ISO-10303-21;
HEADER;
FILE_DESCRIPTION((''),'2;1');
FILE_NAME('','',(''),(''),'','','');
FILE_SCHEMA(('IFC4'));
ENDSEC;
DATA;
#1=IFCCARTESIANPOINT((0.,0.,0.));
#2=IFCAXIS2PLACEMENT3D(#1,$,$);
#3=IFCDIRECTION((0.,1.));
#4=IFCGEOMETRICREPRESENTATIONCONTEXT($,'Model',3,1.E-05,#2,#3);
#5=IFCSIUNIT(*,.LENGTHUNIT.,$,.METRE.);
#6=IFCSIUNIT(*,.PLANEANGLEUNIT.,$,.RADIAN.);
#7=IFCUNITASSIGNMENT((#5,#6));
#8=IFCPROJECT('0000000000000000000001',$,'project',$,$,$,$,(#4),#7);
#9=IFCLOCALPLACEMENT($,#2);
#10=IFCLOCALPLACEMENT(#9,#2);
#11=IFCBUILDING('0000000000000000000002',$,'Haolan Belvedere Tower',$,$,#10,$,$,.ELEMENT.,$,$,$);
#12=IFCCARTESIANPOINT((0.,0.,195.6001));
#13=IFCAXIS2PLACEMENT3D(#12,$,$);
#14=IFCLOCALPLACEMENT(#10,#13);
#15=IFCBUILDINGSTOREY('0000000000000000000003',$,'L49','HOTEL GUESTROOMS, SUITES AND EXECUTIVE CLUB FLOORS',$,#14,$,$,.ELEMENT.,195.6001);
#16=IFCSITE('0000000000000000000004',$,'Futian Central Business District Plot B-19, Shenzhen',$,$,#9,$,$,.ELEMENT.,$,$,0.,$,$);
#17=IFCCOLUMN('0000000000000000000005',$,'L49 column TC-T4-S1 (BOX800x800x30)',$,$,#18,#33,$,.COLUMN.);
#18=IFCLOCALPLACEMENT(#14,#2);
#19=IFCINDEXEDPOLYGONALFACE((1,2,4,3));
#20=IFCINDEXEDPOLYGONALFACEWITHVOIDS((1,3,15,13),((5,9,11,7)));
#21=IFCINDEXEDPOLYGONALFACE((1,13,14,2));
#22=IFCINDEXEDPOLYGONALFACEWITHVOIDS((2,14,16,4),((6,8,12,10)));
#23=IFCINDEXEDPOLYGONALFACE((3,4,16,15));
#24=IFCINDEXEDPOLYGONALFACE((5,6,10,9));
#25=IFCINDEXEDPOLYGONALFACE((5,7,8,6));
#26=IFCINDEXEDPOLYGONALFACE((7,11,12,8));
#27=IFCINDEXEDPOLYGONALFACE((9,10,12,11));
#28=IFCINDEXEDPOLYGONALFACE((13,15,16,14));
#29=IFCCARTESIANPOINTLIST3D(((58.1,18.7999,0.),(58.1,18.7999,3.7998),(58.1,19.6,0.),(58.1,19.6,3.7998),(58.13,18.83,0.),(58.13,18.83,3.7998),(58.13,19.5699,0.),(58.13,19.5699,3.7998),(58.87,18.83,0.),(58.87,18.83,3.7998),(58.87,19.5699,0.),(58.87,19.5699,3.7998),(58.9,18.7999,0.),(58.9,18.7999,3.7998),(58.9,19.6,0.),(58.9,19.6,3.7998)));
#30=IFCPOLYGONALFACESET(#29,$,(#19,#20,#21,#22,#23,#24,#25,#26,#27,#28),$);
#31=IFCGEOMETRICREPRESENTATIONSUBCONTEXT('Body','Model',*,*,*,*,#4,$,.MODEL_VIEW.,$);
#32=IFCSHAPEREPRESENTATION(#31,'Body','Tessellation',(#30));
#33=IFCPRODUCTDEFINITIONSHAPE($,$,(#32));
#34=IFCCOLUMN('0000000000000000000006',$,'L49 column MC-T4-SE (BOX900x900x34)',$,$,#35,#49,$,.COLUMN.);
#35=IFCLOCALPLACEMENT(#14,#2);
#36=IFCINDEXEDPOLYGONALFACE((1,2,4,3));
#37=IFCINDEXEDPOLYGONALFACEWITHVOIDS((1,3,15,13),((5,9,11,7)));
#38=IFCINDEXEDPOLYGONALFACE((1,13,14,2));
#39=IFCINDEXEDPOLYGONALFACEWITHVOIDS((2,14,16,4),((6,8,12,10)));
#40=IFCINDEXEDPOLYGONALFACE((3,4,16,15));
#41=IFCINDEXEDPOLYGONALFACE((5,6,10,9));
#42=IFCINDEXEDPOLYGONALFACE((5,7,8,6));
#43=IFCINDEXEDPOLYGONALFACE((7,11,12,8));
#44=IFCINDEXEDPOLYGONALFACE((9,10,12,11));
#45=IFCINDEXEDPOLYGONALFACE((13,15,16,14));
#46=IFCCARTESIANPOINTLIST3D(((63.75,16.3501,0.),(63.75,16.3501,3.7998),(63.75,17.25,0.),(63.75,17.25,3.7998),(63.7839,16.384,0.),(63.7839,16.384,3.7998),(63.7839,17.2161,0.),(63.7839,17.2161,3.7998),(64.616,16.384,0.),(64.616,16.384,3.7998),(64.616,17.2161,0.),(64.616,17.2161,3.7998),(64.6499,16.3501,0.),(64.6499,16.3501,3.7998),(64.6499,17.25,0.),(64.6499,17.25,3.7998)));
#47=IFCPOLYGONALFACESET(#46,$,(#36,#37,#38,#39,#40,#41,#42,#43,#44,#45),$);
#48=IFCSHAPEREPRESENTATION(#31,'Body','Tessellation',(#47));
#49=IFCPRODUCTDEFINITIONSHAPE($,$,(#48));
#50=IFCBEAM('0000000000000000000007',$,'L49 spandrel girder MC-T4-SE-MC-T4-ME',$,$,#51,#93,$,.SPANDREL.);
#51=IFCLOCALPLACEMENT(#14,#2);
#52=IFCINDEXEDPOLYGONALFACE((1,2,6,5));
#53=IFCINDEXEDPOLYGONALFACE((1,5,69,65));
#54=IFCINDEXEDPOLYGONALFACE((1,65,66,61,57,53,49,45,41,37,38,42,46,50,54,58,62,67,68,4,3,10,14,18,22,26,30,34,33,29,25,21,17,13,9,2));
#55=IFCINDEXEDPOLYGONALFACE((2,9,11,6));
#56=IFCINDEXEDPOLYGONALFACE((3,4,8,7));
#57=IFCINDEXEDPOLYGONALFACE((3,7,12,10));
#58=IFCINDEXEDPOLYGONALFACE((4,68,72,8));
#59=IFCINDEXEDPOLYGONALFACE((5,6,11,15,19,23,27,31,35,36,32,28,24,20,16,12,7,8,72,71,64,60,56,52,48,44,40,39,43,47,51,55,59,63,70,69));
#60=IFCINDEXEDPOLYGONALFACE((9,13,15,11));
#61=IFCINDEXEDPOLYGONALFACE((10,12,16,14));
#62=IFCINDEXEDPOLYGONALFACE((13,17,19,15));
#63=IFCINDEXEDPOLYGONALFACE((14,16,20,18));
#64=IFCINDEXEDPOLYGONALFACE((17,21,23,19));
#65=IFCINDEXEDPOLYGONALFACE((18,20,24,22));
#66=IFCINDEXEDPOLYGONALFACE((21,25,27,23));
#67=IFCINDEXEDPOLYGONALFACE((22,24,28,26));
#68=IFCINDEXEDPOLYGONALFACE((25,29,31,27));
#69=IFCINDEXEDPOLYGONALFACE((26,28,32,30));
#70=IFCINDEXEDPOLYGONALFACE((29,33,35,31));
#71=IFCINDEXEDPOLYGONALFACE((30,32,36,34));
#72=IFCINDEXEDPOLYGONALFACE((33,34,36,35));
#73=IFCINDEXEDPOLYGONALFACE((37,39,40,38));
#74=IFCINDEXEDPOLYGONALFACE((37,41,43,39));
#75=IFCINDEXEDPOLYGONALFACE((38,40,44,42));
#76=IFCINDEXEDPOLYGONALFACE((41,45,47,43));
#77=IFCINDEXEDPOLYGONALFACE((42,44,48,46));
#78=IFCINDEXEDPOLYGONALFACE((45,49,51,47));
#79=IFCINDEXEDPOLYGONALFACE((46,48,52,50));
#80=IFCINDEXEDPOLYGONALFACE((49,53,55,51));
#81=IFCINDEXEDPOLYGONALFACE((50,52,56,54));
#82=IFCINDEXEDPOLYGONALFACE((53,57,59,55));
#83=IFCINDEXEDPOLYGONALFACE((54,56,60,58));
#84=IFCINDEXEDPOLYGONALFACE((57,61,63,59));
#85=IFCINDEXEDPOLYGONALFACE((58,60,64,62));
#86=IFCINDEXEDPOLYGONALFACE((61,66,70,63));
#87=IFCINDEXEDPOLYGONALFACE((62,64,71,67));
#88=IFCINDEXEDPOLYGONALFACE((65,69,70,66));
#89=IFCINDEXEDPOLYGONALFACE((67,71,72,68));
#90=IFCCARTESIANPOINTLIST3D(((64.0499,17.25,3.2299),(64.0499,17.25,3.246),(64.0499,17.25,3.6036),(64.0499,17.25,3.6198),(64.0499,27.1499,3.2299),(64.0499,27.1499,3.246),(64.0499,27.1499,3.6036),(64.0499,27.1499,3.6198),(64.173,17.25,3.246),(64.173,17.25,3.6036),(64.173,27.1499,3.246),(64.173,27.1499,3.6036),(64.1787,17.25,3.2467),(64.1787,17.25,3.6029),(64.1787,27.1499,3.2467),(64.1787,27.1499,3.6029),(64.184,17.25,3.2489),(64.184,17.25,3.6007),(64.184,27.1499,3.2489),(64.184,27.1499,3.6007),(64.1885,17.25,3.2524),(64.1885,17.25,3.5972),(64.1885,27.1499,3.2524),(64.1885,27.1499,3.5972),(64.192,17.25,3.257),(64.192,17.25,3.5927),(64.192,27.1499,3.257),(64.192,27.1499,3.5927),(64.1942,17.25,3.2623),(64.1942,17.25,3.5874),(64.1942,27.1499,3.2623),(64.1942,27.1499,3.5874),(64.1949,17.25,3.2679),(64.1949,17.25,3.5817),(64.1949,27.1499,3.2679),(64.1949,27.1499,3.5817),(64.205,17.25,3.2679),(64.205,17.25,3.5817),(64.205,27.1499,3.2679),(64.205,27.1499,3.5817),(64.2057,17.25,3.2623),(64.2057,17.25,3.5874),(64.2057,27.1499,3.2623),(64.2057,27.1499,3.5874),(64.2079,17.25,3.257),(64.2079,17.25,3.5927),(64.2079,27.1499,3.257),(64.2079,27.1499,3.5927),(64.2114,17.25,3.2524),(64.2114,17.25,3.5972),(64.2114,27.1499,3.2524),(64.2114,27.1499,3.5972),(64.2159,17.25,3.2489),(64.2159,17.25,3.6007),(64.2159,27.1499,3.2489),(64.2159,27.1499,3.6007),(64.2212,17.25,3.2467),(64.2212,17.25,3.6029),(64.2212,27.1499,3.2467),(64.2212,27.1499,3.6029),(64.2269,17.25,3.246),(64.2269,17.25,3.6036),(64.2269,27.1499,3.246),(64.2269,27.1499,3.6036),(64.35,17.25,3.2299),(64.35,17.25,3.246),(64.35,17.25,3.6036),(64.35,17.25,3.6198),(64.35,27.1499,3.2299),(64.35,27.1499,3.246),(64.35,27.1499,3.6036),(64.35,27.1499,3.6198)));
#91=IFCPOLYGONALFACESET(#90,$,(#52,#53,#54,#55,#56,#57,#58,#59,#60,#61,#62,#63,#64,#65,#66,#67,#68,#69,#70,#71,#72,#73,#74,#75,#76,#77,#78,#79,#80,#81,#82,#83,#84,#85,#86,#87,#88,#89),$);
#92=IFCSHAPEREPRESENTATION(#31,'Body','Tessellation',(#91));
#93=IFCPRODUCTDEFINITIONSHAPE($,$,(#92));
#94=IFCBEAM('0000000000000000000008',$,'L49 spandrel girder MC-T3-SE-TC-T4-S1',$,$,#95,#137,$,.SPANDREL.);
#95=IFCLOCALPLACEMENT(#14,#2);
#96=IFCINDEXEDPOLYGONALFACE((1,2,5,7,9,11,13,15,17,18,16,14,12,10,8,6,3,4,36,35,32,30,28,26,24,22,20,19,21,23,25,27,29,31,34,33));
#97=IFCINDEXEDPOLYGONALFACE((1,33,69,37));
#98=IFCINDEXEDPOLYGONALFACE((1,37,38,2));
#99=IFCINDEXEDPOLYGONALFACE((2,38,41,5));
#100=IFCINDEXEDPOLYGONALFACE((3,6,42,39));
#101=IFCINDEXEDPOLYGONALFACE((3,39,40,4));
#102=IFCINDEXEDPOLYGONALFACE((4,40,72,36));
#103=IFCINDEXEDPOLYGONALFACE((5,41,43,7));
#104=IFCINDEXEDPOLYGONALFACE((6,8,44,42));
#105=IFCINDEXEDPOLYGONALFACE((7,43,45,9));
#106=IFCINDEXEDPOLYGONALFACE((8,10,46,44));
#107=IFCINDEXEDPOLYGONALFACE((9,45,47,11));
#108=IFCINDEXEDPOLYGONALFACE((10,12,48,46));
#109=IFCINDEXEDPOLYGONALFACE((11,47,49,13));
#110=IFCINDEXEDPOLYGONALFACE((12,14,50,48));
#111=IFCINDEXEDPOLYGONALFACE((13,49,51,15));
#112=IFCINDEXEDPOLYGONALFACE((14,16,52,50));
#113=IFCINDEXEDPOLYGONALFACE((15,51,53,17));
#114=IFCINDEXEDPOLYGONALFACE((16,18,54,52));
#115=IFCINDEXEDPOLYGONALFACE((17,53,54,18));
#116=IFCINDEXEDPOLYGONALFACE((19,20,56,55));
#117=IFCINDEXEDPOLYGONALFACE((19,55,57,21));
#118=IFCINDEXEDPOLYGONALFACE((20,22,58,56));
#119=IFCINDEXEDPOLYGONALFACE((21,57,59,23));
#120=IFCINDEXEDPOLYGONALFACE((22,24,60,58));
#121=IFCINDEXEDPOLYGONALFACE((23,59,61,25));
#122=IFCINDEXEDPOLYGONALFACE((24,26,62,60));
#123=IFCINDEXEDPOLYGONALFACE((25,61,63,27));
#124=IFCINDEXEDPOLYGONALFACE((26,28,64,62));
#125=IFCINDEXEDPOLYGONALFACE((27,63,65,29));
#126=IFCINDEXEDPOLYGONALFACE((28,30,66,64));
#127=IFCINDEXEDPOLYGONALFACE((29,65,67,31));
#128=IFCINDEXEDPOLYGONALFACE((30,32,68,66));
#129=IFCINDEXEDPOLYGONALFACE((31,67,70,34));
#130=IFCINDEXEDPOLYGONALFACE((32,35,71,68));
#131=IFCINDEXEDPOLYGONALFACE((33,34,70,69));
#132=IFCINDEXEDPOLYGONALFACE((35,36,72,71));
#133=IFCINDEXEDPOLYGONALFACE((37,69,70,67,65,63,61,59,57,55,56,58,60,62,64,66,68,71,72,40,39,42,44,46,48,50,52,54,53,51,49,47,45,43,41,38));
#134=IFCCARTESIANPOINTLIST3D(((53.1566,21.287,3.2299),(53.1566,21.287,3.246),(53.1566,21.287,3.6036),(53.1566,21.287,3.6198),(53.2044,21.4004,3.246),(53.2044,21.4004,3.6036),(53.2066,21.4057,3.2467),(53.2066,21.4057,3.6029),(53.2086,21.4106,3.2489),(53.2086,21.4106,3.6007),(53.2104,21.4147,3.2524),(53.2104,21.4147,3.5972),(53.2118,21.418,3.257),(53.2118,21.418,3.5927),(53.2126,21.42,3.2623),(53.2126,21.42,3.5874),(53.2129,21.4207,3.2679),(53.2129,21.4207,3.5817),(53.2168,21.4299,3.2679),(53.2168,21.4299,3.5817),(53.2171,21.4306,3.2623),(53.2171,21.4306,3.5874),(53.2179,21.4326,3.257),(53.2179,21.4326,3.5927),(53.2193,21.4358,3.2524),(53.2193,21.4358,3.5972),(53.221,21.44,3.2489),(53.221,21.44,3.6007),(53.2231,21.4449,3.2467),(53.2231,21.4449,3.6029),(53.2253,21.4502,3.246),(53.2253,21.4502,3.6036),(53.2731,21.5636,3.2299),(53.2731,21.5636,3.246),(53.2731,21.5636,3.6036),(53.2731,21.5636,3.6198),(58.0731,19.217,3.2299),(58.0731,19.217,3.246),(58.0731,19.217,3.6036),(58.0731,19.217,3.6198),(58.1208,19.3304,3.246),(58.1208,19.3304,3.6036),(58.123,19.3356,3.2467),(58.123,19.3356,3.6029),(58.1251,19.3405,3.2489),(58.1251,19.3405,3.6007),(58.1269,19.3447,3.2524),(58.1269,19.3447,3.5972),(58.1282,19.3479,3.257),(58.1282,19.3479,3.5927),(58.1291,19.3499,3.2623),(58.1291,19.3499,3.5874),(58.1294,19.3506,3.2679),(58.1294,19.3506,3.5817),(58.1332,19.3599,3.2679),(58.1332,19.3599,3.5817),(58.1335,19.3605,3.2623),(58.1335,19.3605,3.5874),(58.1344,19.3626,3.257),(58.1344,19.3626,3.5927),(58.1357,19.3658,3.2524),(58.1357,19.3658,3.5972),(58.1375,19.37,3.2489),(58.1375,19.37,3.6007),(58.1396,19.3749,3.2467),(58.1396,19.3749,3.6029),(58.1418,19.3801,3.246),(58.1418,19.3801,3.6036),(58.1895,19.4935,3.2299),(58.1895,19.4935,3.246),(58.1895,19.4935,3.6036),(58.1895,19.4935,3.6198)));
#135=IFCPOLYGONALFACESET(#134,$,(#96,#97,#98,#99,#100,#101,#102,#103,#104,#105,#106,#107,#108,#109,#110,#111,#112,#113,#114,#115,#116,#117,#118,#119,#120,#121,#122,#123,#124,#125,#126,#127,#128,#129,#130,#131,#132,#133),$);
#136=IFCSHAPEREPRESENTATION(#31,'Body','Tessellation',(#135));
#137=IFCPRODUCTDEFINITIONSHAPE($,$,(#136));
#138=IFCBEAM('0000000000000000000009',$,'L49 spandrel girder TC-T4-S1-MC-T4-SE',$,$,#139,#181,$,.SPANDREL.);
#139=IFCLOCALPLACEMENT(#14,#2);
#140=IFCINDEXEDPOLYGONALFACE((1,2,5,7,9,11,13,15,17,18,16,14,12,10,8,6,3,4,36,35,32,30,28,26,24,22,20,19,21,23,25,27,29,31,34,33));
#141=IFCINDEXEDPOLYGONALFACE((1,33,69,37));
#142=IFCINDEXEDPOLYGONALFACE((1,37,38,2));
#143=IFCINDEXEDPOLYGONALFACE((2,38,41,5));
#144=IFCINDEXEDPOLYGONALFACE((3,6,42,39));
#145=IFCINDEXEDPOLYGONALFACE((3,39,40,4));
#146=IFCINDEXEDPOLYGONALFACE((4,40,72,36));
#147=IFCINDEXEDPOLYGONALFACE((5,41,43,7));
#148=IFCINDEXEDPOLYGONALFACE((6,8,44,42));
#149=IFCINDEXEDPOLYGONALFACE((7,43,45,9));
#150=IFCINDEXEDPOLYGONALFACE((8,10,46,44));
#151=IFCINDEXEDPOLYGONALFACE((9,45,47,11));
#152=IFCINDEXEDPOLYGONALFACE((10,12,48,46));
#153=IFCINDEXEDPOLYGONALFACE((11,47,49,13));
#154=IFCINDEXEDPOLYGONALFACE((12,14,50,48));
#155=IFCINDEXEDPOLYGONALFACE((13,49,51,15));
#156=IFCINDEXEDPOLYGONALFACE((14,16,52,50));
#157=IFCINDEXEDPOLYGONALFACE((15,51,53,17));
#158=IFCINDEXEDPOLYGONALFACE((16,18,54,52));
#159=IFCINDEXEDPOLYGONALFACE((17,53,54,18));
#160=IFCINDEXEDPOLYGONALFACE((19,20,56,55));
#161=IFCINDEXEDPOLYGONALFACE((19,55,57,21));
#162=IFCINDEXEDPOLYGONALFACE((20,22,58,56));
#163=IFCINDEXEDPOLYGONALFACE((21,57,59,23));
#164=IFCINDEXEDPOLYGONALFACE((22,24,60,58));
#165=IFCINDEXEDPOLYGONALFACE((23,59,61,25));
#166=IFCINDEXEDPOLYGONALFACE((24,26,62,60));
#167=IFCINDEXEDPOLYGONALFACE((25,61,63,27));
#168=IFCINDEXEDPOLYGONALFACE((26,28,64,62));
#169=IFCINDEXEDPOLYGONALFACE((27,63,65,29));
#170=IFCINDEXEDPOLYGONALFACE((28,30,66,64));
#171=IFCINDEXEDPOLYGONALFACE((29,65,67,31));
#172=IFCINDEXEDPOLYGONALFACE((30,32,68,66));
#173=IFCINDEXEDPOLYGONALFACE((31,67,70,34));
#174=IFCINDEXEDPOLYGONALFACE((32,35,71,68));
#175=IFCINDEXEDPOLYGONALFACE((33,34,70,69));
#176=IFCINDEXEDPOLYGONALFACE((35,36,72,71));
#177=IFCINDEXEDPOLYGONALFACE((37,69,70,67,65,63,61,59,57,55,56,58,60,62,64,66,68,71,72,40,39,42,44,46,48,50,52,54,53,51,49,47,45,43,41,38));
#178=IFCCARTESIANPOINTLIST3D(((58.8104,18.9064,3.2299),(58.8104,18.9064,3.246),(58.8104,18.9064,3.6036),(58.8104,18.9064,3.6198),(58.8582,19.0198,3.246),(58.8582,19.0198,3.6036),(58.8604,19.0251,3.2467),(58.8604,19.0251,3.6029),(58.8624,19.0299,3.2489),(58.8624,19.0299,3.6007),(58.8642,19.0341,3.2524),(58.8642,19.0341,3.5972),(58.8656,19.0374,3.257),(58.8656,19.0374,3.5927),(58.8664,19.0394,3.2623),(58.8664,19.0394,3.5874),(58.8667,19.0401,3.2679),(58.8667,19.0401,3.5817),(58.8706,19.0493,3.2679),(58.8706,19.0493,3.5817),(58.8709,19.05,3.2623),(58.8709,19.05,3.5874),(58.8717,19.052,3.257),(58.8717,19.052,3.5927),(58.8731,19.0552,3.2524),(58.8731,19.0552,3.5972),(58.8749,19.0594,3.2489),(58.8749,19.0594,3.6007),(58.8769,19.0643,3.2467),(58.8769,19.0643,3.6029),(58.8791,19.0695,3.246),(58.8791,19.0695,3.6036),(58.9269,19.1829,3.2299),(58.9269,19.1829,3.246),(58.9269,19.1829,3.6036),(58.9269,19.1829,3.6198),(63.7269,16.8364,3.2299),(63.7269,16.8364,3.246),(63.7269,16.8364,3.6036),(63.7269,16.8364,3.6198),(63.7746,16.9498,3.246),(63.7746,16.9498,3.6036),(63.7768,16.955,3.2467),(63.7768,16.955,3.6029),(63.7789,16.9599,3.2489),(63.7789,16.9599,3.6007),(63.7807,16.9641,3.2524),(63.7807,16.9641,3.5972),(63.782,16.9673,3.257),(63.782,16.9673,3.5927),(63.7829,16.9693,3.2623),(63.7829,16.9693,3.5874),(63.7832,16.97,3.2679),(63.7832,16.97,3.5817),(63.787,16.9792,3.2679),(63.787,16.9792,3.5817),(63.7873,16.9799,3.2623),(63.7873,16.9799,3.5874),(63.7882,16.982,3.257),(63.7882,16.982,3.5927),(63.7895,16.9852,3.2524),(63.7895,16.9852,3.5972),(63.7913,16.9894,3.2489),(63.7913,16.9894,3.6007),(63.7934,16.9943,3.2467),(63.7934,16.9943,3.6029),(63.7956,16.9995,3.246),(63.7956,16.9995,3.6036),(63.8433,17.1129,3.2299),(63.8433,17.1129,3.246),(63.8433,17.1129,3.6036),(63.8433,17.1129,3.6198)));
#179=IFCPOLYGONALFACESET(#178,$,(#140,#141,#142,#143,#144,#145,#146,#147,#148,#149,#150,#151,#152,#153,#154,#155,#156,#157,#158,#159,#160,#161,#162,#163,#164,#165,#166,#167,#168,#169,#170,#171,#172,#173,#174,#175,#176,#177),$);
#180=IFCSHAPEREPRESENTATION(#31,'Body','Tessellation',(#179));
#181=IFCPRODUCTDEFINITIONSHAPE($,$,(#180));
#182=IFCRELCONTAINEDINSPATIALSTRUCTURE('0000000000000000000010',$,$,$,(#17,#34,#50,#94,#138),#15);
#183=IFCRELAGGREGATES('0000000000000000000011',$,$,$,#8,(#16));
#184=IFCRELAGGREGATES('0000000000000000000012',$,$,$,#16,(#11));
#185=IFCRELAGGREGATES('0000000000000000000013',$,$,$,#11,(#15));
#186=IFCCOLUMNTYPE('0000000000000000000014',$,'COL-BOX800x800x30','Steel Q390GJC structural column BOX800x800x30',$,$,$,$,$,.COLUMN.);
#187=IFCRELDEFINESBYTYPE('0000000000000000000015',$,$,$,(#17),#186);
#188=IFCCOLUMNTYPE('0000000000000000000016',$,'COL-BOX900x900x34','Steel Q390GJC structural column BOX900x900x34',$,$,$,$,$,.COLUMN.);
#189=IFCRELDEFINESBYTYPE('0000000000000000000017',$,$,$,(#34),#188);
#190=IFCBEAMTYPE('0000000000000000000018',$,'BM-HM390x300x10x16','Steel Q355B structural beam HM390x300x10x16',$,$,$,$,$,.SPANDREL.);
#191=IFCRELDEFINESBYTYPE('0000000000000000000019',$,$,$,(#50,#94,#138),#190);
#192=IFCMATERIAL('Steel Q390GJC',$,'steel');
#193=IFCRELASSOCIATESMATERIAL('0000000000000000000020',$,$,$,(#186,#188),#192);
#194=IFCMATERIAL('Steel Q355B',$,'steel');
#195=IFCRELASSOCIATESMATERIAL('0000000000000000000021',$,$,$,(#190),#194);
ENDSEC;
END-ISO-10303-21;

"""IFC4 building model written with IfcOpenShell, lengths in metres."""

from ifc_helpers import new_model, si_unit, direction, frame, origin, origin_2d, place, context, subcontext, project, spatial, hollow_rectangle, i_section, extrude, material, material_profile, profile_set, type_object, element, save


model = new_model("IFC4")

# Units and contexts
model_context = context("Model", 3, precision=1e-05, world=origin(), true_north=direction((0.0, 1.0)))
body_context = subcontext(model_context, "Body", "Model", "MODEL_VIEW")
ifc_project = project(units=[si_unit("LENGTHUNIT", "METRE"), si_unit("PLANEANGLEUNIT", "RADIAN")], contexts=[model_context])

# Site, building, storey
site_placement = place(None, origin())
site = spatial("IfcSite", under=ifc_project, at=site_placement, Name="Futian Central Business District Plot B-19, Shenzhen", CompositionType="ELEMENT", RefElevation=0.0)
building_placement = place(site_placement, origin())
building = spatial("IfcBuilding", under=site, at=building_placement, Name="Haolan Belvedere Tower", CompositionType="ELEMENT")
storey_placement = place(building_placement, frame((0.0, 0.0, 195.6001)))
storey = spatial("IfcBuildingStorey", under=building, at=storey_placement, Name="L49", Description="HOTEL GUESTROOMS, SUITES AND EXECUTIVE CLUB FLOORS", CompositionType="ELEMENT", Elevation=195.6001)

# Columns
ifc_material_1 = material(Name="Steel Q390GJC", Category="steel")
ifc_material_profile_1 = material_profile(ifc_material_1, hollow_rectangle(XDim=0.8, YDim=0.8, WallThickness=0.03, at=origin_2d()), Name="Steel Q390GJC")
ifc_profile_set_1 = profile_set([ifc_material_profile_1], Name="Steel Q390GJC")
column_type_1 = type_object("IfcColumnType", Name="COL-BOX800x800x30", Description="Steel Q390GJC structural column BOX800x800x30", PredefinedType="COLUMN", material=ifc_profile_set_1)
column_1_placement = place(storey_placement, frame((58.5, 19.2, 0.0), z_axis=(0.0, 0.0, 1.0), x_axis=(1.0, 0.0, 0.0)))
element("IfcColumn", 1, at=column_1_placement, inside=storey, type_object=column_type_1, Name="L49 column TC-T4-S1 (BOX800x800x30)", PredefinedType="COLUMN", context=body_context, shape_type="SweptSolid", body=[
    extrude(hollow_rectangle(XDim=0.8, YDim=0.8, WallThickness=0.03, at=origin_2d()), origin(), (0.0, 0.0, 1.0), 3.7998),
])
ifc_material_profile_2 = material_profile(ifc_material_1, hollow_rectangle(XDim=0.8999, YDim=0.8999, WallThickness=0.0339, at=origin_2d()), Name="Steel Q390GJC")
ifc_profile_set_2 = profile_set([ifc_material_profile_2], Name="Steel Q390GJC")
column_type_2 = type_object("IfcColumnType", Name="COL-BOX900x900x34", Description="Steel Q390GJC structural column BOX900x900x34", PredefinedType="COLUMN", material=ifc_profile_set_2)
column_2_placement = place(storey_placement, frame((64.2, 16.8, 0.0), z_axis=(0.0, 0.0, 1.0), x_axis=(1.0, 0.0, 0.0)))
element("IfcColumn", 2, at=column_2_placement, inside=storey, type_object=column_type_2, Name="L49 column MC-T4-SE (BOX900x900x34)", PredefinedType="COLUMN", context=body_context, shape_type="SweptSolid", body=[
    extrude(hollow_rectangle(XDim=0.8999, YDim=0.8999, WallThickness=0.0339, at=origin_2d()), origin(), (0.0, 0.0, 1.0), 3.7998),
])

# Beams
ifc_material_2 = material(Name="Steel Q355B", Category="steel")
ifc_material_profile_3 = material_profile(ifc_material_2, i_section(OverallWidth=0.3, OverallDepth=0.3899, WebThickness=0.01, FlangeThickness=0.0161, FilletRadius=0.022, at=origin_2d()), Name="Steel Q355B")
ifc_profile_set_3 = profile_set([ifc_material_profile_3], Name="Steel Q355B")
beam_type = type_object("IfcBeamType", Name="BM-HM390x300x10x16", Description="Steel Q355B structural beam HM390x300x10x16", PredefinedType="SPANDREL", material=ifc_profile_set_3)
beam_placement = place(storey_placement, frame((64.2, 17.25, 3.4248), z_axis=(0.0, 1.0, 0.0), x_axis=(-1.0, 0.0, 0.0)))
element("IfcBeam", 3, at=beam_placement, inside=storey, type_object=beam_type, Name="L49 spandrel girder MC-T4-SE-MC-T4-ME", PredefinedType="SPANDREL", context=body_context, shape_type="SweptSolid", body=[
    extrude(i_section(OverallWidth=0.3, OverallDepth=0.3899, WebThickness=0.01, FlangeThickness=0.0161, FilletRadius=0.022, at=origin_2d()), origin(), (0.0, 0.0, 1.0), 9.8999),
])
for number, where, z_axis, x_axis, name in (
    (4, (53.2148, 21.4253, 3.4248), (0.921638, -0.388051, 0.0), (0.388051, 0.921638, 0.0), "L49 spandrel girder MC-T3-SE-TC-T4-S1"),
    (5, (58.8687, 19.0447, 3.4248), (0.921638, -0.388051, 0.0), (0.388051, 0.921638, 0.0), "L49 spandrel girder TC-T4-S1-MC-T4-SE"),
):
    element("IfcBeam", number, at=place(storey_placement, frame(where, z_axis=z_axis, x_axis=x_axis)), inside=storey, type_object=beam_type, Name=name, PredefinedType="SPANDREL", context=body_context, shape_type="SweptSolid", body=[
        extrude(i_section(OverallWidth=0.3, OverallDepth=0.3899, WebThickness=0.01, FlangeThickness=0.0161, FilletRadius=0.022, at=origin_2d()), origin(), (0.0, 0.0, 1.0), 5.3345),
    ])

save(model, "model.ifc")
